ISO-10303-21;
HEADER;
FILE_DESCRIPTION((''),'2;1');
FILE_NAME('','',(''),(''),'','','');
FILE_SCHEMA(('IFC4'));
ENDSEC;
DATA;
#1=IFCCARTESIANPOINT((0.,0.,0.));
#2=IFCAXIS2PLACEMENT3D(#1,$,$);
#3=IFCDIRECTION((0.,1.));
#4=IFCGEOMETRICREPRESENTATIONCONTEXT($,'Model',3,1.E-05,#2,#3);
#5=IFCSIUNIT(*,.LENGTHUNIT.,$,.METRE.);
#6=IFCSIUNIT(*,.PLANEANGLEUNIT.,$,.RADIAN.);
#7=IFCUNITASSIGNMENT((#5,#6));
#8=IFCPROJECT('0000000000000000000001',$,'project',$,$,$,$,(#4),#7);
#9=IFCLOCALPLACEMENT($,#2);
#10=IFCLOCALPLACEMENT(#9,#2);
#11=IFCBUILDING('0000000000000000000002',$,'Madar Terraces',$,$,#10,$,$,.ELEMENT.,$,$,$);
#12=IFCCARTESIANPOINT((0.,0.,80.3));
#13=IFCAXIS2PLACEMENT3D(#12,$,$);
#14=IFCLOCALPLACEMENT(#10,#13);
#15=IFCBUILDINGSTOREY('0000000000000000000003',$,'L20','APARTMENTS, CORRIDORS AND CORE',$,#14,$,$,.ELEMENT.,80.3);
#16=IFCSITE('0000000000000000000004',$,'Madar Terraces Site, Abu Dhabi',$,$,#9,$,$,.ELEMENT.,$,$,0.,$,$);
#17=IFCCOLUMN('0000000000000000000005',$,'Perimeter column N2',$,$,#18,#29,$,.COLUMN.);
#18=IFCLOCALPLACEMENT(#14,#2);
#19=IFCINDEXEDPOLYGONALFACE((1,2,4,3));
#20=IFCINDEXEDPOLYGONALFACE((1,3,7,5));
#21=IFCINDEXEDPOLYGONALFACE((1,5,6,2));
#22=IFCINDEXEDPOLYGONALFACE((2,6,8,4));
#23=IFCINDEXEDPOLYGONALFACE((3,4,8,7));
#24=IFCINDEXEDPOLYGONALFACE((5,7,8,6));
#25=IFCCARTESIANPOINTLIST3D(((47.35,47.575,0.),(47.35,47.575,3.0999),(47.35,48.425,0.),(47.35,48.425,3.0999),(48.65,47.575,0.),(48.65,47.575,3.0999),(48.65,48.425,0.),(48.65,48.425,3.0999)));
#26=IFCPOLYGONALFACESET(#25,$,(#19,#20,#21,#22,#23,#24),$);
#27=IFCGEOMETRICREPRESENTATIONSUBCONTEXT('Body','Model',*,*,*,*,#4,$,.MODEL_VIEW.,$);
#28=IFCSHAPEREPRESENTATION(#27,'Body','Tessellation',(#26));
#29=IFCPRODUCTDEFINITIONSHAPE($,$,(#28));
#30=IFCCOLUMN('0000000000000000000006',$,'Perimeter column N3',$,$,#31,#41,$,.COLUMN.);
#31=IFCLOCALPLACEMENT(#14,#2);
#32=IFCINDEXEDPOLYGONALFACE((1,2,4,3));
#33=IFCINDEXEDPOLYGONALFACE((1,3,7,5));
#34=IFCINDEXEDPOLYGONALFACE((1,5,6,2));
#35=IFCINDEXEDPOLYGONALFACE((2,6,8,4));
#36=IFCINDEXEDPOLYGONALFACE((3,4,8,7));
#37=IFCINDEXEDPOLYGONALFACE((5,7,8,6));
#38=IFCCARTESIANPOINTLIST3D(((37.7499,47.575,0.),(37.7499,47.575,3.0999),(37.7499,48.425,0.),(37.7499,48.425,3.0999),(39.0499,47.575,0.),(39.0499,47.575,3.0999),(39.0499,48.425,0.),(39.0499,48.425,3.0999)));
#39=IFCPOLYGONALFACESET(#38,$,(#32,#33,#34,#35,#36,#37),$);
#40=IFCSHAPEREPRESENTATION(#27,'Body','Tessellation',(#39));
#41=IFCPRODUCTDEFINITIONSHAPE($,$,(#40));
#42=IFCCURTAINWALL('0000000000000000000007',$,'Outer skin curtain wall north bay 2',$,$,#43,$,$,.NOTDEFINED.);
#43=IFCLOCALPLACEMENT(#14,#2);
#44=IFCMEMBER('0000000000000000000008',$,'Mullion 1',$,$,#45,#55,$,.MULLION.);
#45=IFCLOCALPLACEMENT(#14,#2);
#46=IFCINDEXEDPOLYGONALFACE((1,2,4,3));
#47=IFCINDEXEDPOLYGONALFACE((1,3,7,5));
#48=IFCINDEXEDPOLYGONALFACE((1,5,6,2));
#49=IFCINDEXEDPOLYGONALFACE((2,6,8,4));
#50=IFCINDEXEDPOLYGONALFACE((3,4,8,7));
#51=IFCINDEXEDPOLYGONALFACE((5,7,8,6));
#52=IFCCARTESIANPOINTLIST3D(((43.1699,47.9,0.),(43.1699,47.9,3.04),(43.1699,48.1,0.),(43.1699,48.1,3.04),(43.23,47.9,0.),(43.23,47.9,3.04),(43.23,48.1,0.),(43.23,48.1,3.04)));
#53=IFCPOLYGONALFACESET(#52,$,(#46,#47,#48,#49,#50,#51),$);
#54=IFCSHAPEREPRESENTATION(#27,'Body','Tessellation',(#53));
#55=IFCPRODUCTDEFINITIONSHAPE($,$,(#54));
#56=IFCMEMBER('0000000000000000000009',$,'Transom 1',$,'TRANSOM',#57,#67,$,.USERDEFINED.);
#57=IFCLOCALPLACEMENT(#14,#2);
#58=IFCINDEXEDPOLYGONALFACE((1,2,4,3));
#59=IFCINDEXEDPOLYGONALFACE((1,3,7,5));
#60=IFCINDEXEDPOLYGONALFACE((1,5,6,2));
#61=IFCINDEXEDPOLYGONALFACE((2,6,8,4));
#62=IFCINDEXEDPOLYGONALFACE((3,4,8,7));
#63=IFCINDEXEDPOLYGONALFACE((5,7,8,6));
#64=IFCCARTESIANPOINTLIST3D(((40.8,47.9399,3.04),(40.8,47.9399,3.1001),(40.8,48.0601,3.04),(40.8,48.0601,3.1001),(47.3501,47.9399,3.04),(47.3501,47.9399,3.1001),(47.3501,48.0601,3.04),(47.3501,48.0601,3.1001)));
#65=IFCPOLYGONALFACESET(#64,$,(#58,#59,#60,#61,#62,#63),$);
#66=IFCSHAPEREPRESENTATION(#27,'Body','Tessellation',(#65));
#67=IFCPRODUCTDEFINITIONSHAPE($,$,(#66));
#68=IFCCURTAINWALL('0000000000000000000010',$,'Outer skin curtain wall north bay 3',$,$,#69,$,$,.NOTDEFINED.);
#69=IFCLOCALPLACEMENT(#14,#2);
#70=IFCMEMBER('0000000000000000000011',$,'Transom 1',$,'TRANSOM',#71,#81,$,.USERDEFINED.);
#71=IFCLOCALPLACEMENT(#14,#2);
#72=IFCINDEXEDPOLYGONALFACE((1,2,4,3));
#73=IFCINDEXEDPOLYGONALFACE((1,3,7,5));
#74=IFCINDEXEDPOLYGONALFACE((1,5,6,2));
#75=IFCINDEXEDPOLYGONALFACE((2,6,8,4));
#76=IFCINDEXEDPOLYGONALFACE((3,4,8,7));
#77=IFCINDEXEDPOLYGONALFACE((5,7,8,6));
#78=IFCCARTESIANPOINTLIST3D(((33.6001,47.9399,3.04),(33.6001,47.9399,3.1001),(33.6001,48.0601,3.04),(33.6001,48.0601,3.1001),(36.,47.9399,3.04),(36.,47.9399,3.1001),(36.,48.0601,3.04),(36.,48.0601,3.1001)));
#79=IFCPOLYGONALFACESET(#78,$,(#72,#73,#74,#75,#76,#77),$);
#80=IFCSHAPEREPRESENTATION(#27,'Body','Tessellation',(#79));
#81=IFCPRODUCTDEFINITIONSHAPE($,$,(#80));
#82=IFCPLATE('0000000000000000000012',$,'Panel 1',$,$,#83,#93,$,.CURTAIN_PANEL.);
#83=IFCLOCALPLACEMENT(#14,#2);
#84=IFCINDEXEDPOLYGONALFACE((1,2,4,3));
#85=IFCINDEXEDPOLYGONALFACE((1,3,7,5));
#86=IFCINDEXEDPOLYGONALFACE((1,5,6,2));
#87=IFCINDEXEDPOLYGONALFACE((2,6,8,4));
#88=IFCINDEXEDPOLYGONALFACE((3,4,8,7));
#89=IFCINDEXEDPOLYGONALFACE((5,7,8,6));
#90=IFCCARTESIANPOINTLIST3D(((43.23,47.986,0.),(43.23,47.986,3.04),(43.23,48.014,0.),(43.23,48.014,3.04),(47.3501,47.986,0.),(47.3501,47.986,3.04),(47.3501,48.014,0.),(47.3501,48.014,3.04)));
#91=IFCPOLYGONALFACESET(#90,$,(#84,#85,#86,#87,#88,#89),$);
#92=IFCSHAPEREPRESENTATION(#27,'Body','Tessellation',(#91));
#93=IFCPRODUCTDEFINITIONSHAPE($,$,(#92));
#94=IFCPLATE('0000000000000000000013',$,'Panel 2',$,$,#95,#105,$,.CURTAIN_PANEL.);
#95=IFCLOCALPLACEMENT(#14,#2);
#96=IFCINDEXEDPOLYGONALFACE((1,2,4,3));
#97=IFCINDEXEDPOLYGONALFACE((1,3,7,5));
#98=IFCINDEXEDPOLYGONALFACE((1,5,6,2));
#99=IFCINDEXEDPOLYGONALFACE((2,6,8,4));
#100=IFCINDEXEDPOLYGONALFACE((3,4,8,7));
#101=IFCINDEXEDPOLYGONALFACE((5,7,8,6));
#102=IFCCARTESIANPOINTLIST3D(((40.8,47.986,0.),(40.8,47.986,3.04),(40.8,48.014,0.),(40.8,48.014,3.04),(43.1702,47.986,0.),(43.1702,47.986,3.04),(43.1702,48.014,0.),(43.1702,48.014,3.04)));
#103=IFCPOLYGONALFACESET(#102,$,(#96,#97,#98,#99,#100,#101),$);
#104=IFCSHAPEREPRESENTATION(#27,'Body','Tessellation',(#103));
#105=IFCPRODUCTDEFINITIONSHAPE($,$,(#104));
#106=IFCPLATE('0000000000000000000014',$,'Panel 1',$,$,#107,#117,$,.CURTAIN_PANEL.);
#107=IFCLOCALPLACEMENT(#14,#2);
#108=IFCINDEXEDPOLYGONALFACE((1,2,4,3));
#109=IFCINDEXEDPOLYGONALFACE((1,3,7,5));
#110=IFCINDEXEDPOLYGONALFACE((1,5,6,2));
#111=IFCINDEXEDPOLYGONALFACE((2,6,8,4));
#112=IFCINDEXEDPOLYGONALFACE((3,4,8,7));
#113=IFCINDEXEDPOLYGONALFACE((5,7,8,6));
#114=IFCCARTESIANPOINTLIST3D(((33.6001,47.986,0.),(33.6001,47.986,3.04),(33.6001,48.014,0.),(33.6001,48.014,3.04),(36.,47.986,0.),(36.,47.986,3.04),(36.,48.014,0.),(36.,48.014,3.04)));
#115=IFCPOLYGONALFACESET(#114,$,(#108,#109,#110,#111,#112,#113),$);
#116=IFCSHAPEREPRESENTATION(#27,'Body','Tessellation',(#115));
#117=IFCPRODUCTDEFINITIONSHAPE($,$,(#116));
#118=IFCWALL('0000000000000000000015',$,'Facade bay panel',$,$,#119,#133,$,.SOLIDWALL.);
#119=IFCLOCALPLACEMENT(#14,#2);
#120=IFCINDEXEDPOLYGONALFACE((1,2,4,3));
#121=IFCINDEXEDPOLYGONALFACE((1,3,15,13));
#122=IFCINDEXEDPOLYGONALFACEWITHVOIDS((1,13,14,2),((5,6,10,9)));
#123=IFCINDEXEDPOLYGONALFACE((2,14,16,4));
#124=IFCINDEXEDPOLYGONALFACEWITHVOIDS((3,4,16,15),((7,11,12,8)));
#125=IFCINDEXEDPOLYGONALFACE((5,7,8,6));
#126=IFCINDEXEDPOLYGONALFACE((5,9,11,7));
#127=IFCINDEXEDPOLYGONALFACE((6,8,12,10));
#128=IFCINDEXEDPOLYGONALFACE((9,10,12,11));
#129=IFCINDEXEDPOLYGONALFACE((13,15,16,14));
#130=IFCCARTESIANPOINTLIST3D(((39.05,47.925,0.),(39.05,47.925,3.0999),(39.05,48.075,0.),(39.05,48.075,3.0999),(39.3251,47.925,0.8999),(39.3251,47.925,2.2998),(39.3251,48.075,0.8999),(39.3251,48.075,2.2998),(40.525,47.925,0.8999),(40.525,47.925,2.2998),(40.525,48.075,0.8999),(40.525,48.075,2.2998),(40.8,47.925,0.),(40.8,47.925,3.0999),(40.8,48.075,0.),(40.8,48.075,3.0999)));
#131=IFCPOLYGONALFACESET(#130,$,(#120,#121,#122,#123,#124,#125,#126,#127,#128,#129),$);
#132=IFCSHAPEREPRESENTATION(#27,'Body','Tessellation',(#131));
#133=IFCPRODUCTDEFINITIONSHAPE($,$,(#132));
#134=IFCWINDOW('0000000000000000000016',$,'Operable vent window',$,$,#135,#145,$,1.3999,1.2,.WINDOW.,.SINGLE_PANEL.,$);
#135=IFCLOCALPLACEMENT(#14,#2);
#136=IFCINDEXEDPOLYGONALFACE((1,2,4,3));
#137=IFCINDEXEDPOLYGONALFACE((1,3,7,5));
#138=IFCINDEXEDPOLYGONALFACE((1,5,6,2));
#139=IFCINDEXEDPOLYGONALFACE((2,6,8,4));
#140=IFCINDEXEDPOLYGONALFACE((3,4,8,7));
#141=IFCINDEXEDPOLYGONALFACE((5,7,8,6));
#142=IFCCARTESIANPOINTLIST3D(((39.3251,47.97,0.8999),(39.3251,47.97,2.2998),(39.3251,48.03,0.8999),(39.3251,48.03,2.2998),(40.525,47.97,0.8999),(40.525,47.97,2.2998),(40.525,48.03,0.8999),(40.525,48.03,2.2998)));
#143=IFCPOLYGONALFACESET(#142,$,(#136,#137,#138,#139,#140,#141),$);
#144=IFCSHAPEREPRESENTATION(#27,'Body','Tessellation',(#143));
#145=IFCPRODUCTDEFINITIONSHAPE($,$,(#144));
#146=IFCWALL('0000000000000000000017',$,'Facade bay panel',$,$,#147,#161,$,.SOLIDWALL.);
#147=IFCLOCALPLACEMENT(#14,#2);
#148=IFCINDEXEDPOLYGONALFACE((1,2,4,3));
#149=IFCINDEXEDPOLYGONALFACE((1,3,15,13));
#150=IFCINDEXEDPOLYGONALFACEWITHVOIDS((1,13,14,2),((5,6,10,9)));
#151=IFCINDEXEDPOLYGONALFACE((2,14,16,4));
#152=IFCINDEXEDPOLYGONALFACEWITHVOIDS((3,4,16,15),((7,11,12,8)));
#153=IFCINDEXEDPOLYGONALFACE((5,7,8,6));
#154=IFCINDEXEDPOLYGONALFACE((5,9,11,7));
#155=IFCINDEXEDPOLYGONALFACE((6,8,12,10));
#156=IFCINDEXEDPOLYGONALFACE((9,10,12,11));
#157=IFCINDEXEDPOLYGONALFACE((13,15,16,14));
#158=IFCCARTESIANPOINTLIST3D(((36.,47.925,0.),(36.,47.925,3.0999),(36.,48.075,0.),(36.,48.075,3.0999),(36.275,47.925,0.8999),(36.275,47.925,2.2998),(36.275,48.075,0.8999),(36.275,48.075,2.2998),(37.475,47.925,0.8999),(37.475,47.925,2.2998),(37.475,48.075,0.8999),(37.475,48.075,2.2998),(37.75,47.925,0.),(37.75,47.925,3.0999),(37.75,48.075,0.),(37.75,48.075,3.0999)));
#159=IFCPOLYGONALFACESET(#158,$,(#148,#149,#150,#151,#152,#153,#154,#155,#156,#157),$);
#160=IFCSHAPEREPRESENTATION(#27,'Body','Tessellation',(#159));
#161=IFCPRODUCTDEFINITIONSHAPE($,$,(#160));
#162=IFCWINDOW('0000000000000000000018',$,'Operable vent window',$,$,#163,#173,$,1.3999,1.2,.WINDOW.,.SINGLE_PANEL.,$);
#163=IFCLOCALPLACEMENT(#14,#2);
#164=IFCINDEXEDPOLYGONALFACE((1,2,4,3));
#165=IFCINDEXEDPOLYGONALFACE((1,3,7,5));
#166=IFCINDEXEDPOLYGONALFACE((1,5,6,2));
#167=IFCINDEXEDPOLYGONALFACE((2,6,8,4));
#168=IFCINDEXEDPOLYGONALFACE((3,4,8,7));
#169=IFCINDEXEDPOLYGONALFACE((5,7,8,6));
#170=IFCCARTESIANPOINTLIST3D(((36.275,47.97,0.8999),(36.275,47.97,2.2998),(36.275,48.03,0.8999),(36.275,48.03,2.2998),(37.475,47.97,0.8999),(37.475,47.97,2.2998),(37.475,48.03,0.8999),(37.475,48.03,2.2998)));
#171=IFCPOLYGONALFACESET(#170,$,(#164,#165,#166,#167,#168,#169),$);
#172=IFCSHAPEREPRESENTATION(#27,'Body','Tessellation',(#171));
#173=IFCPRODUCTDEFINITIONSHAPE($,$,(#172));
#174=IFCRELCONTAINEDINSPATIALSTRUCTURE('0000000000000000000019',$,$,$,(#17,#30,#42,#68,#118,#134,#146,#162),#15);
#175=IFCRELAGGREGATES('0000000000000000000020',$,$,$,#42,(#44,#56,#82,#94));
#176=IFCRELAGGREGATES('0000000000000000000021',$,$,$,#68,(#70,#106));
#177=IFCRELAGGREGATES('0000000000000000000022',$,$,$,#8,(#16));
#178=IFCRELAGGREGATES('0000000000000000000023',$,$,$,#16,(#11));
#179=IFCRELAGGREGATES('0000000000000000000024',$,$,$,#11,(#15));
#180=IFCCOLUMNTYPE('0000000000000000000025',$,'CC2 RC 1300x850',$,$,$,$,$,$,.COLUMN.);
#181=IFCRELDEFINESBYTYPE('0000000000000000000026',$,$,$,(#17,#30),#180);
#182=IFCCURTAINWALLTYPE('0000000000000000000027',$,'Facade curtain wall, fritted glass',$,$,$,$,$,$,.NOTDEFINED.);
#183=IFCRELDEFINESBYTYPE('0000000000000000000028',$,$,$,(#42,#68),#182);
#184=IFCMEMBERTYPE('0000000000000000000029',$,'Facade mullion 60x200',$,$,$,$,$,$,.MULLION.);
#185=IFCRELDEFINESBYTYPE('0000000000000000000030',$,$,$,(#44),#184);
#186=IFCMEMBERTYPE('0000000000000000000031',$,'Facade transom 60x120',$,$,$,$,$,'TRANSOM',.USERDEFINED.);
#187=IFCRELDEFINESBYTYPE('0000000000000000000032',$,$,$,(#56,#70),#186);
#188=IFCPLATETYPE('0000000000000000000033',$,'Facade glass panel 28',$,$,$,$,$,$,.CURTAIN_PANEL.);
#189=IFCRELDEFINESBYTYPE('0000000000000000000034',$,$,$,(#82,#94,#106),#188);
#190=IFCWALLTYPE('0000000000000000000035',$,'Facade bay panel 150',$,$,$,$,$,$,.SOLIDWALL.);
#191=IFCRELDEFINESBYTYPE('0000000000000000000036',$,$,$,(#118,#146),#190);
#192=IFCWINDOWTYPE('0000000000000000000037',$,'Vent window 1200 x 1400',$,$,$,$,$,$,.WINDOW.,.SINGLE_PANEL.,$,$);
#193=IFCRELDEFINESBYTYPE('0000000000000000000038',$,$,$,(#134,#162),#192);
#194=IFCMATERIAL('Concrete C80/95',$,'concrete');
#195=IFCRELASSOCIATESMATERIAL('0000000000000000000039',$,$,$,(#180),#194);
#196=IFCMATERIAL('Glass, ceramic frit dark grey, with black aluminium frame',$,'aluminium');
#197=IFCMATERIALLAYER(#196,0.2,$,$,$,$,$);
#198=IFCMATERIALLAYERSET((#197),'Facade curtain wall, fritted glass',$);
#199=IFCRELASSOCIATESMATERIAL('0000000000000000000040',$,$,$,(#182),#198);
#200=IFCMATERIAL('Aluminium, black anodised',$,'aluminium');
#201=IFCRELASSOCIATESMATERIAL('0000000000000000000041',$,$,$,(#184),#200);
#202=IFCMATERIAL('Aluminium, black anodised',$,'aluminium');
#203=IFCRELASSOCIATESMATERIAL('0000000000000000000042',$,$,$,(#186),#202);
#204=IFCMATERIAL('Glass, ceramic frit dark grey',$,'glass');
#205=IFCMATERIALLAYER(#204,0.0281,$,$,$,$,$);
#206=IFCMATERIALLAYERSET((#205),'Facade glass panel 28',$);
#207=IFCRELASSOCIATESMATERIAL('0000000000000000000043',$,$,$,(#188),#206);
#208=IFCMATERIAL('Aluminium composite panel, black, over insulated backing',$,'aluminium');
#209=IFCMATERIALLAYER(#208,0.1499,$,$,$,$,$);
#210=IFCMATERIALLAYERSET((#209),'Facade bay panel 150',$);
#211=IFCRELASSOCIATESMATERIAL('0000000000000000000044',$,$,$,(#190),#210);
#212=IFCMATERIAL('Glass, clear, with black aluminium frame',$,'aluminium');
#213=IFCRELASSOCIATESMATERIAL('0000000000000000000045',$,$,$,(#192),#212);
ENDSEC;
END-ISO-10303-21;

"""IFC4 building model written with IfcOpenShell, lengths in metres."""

from ifc_helpers import new_model, si_unit, direction, frame, frame_2d, origin, origin_2d, place, context, subcontext, project, spatial, rectangle, extrude, material, layer, layer_set, material_profile, profile_set, type_object, element, fill, aggregate, save


model = new_model("IFC4")

# Units and contexts
model_context = context("Model", 3, precision=1e-05, world=origin(), true_north=direction((0.0, 1.0)))
body_context = subcontext(model_context, "Body", "Model", "MODEL_VIEW")
ifc_project = project(units=[si_unit("LENGTHUNIT", "METRE"), si_unit("PLANEANGLEUNIT", "RADIAN")], contexts=[model_context])

# Site, building, storey
site_placement = place(None, origin())
site = spatial("IfcSite", under=ifc_project, at=site_placement, Name="Madar Terraces Site, Abu Dhabi", CompositionType="ELEMENT", RefElevation=0.0)
building_placement = place(site_placement, origin())
building = spatial("IfcBuilding", under=site, at=building_placement, Name="Madar Terraces", CompositionType="ELEMENT")
storey_placement = place(building_placement, frame((0.0, 0.0, 80.3)))
storey = spatial("IfcBuildingStorey", under=building, at=storey_placement, Name="L20", Description="APARTMENTS, CORRIDORS AND CORE", CompositionType="ELEMENT", Elevation=80.3)

# Columns
ifc_material_1 = material(Name="Concrete C80/95", Category="concrete")
ifc_material_profile_1 = material_profile(ifc_material_1, rectangle(XDim=1.3, YDim=0.8501, at=origin_2d()), Name="CC2 RC 1300x850")
ifc_profile_set_1 = profile_set([ifc_material_profile_1], Name="Concrete C80/95")
column_type = type_object("IfcColumnType", Name="CC2 RC 1300x850", PredefinedType="COLUMN", material=ifc_profile_set_1)
for number, where, z_axis, x_axis, name in (
    (1, (48.0, 48.0, 0.0), (0.0, 0.0, 1.0), (1.0, 0.0, 0.0), "Perimeter column N2"),
    (2, (38.3999, 48.0, 0.0), (0.0, 0.0, 1.0), (1.0, 0.0, 0.0), "Perimeter column N3"),
):
    element("IfcColumn", number, at=place(storey_placement, frame(where, z_axis=z_axis, x_axis=x_axis)), inside=storey, type_object=column_type, Name=name, PredefinedType="COLUMN", context=body_context, shape_type="SweptSolid", body=[
        extrude(rectangle(XDim=1.3, YDim=0.8501, at=origin_2d()), origin(), (0.0, 0.0, 1.0), 3.0999),
    ])

# Curtain wall, members
ifc_material_2 = material(Name="Glass, ceramic frit dark grey, with black aluminium frame", Category="aluminium")
ifc_layer_1 = layer(ifc_material_2, 0.2)
ifc_layer_set_1 = layer_set([ifc_layer_1], Name="Facade curtain wall, fritted glass")
curtain_wall_type = type_object("IfcCurtainWallType", Name="Facade curtain wall, fritted glass", PredefinedType="NOTDEFINED", material=ifc_layer_set_1)
curtain_wall_1_placement = place(storey_placement, origin())
curtain_wall_1 = element("IfcCurtainWall", 3, at=curtain_wall_1_placement, inside=storey, type_object=curtain_wall_type, Name="Outer skin curtain wall north bay 2", PredefinedType="NOTDEFINED")
ifc_material_3 = material(Name="Aluminium, black anodised", Category="aluminium")
ifc_material_profile_2 = material_profile(ifc_material_3, rectangle(XDim=0.2, YDim=0.0601, at=origin_2d()), Name="Facade mullion 60x200")
ifc_profile_set_2 = profile_set([ifc_material_profile_2], Name="Aluminium, black anodised")
member_type_1 = type_object("IfcMemberType", Name="Facade mullion 60x200", PredefinedType="MULLION", material=ifc_profile_set_2)
member_1_placement = place(storey_placement, frame((43.2, 48.0, 0.0), z_axis=(0.0, 0.0, 1.0), x_axis=(0.0, -1.0, 0.0)))
member_1 = element("IfcMember", 4, at=member_1_placement, type_object=member_type_1, Name="Mullion 1", PredefinedType="MULLION", context=body_context, shape_type="SweptSolid", body=[
    extrude(rectangle(XDim=0.2, YDim=0.0601, at=origin_2d()), origin(), (0.0, 0.0, 1.0), 3.04),
])
ifc_material_4 = material(Name="Aluminium, black anodised", Category="aluminium")
ifc_material_profile_3 = material_profile(ifc_material_4, rectangle(XDim=0.1201, YDim=0.0601, at=origin_2d()), Name="Facade transom 60x120")
ifc_profile_set_3 = profile_set([ifc_material_profile_3], Name="Aluminium, black anodised")
member_type_2 = type_object("IfcMemberType", Name="Facade transom 60x120", ElementType="TRANSOM", PredefinedType="USERDEFINED", material=ifc_profile_set_3)
member_2_placement = place(storey_placement, frame((47.3501, 48.0, 3.0701), z_axis=(-1.0, 0.0, 0.0), x_axis=(0.0, -1.0, 0.0)))
member_2 = element("IfcMember", 5, at=member_2_placement, type_object=member_type_2, Name="Transom 1", ObjectType="TRANSOM", PredefinedType="USERDEFINED", context=body_context, shape_type="SweptSolid", body=[
    extrude(rectangle(XDim=0.1201, YDim=0.0601, at=origin_2d()), origin(), (0.0, 0.0, 1.0), 6.55),
])

# Curtain wall, member
curtain_wall_2_placement = place(storey_placement, origin())
curtain_wall_2 = element("IfcCurtainWall", 6, at=curtain_wall_2_placement, inside=storey, type_object=curtain_wall_type, Name="Outer skin curtain wall north bay 3", PredefinedType="NOTDEFINED")
member_3_placement = place(storey_placement, frame((36.0, 48.0, 3.0701), z_axis=(-1.0, 0.0, 0.0), x_axis=(0.0, -1.0, 0.0)))
member_3 = element("IfcMember", 7, at=member_3_placement, type_object=member_type_2, Name="Transom 1", ObjectType="TRANSOM", PredefinedType="USERDEFINED", context=body_context, shape_type="SweptSolid", body=[
    extrude(rectangle(XDim=0.1201, YDim=0.0601, at=origin_2d()), origin(), (0.0, 0.0, 1.0), 2.3999),
])

# Plates
ifc_material_5 = material(Name="Glass, ceramic frit dark grey", Category="glass")
ifc_layer_2 = layer(ifc_material_5, 0.0281)
ifc_layer_set_2 = layer_set([ifc_layer_2], Name="Facade glass panel 28")
plate_type = type_object("IfcPlateType", Name="Facade glass panel 28", PredefinedType="CURTAIN_PANEL", material=ifc_layer_set_2)
plate_1_placement = place(storey_placement, frame((45.29, 48.0, 0.0), z_axis=(0.0, 0.0, 1.0), x_axis=(-1.0, 0.0, 0.0)))
plate_1 = element("IfcPlate", 8, at=plate_1_placement, type_object=plate_type, Name="Panel 1", PredefinedType="CURTAIN_PANEL", context=body_context, shape_type="SweptSolid", body=[
    extrude(rectangle(XDim=4.1201, YDim=0.0281, at=origin_2d()), origin(), (0.0, 0.0, 1.0), 3.04),
])
plate_2_placement = place(storey_placement, frame((41.9851, 48.0, 0.0), z_axis=(0.0, 0.0, 1.0), x_axis=(-1.0, 0.0, 0.0)))
plate_2 = element("IfcPlate", 9, at=plate_2_placement, type_object=plate_type, Name="Panel 2", PredefinedType="CURTAIN_PANEL", context=body_context, shape_type="SweptSolid", body=[
    extrude(rectangle(XDim=2.3701, YDim=0.0281, at=origin_2d()), origin(), (0.0, 0.0, 1.0), 3.04),
])
aggregate(curtain_wall_1, [member_1, member_2, plate_1, plate_2])
plate_3_placement = place(storey_placement, frame((34.8, 48.0, 0.0), z_axis=(0.0, 0.0, 1.0), x_axis=(-1.0, 0.0, 0.0)))
plate_3 = element("IfcPlate", 10, at=plate_3_placement, type_object=plate_type, Name="Panel 1", PredefinedType="CURTAIN_PANEL", context=body_context, shape_type="SweptSolid", body=[
    extrude(rectangle(XDim=2.3999, YDim=0.0281, at=origin_2d()), origin(), (0.0, 0.0, 1.0), 3.04),
])
aggregate(curtain_wall_2, [member_3, plate_3])

# Walls, openings, windows
ifc_material_6 = material(Name="Aluminium composite panel, black, over insulated backing", Category="aluminium")
ifc_layer_3 = layer(ifc_material_6, 0.1499)
ifc_layer_set_3 = layer_set([ifc_layer_3], Name="Facade bay panel 150")
wall_type_1 = type_object("IfcWallType", Name="Facade bay panel 150", PredefinedType="SOLIDWALL", material=ifc_layer_set_3)
wall_1_placement = place(storey_placement, frame((40.8, 48.0, 0.0), z_axis=(0.0, 0.0, 1.0), x_axis=(-1.0, 0.0, 0.0)))
wall_1 = element("IfcWall", 11, at=wall_1_placement, inside=storey, type_object=wall_type_1, Name="Facade bay panel", PredefinedType="SOLIDWALL", context=body_context, shape_type="SweptSolid", body=[
    extrude(rectangle(XDim=1.75, YDim=0.1499, at=frame_2d((0.875, 0.0))), origin(), (0.0, 0.0, 1.0), 3.0999),
])
opening_1_placement = place(wall_1_placement, frame((0.2749, 0.0, 0.8999)))
opening_1 = element("IfcOpeningElement", 12, at=opening_1_placement, cuts=wall_1, PredefinedType="OPENING", context=body_context, shape_type="SweptSolid", body=[
    extrude(rectangle(XDim=1.2, YDim=1.3999, at=frame_2d((0.6001, 0.7))), frame((0.0, 0.085, 0.0), z_axis=(0.0, -1.0, 0.0), x_axis=(1.0, 0.0, 0.0)), (0.0, 0.0, 1.0), 0.1699),
])
ifc_material_7 = material(Name="Glass, clear, with black aluminium frame", Category="aluminium")
window_type = type_object("IfcWindowType", Name="Vent window 1200 x 1400", PartitioningType="SINGLE_PANEL", PredefinedType="WINDOW", material=ifc_material_7)
window_1_placement = place(opening_1_placement, origin())
window_1 = element("IfcWindow", 13, at=window_1_placement, inside=storey, type_object=window_type, Name="Operable vent window", OverallHeight=1.3999, OverallWidth=1.2, PartitioningType="SINGLE_PANEL", PredefinedType="WINDOW", context=body_context, shape_type="SweptSolid", body=[
    extrude(rectangle(XDim=1.2, YDim=1.3999, at=frame_2d((0.6001, 0.7))), frame((0.0, 0.03, 0.0), z_axis=(0.0, -1.0, 0.0), x_axis=(1.0, 0.0, 0.0)), (0.0, 0.0, 1.0), 0.0601),
])
fill(opening_1, window_1)
wall_2_placement = place(storey_placement, frame((37.75, 48.0, 0.0), z_axis=(0.0, 0.0, 1.0), x_axis=(-1.0, 0.0, 0.0)))
wall_2 = element("IfcWall", 14, at=wall_2_placement, inside=storey, type_object=wall_type_1, Name="Facade bay panel", PredefinedType="SOLIDWALL", context=body_context, shape_type="SweptSolid", body=[
    extrude(rectangle(XDim=1.75, YDim=0.1499, at=frame_2d((0.875, 0.0))), origin(), (0.0, 0.0, 1.0), 3.0999),
])
opening_2_placement = place(wall_2_placement, frame((0.2749, 0.0, 0.8999)))
opening_2 = element("IfcOpeningElement", 15, at=opening_2_placement, cuts=wall_2, PredefinedType="OPENING", context=body_context, shape_type="SweptSolid", body=[
    extrude(rectangle(XDim=1.2, YDim=1.3999, at=frame_2d((0.6001, 0.7))), frame((0.0, 0.085, 0.0), z_axis=(0.0, -1.0, 0.0), x_axis=(1.0, 0.0, 0.0)), (0.0, 0.0, 1.0), 0.1699),
])
window_2_placement = place(opening_2_placement, origin())
window_2 = element("IfcWindow", 16, at=window_2_placement, inside=storey, type_object=window_type, Name="Operable vent window", OverallHeight=1.3999, OverallWidth=1.2, PartitioningType="SINGLE_PANEL", PredefinedType="WINDOW", context=body_context, shape_type="SweptSolid", body=[
    extrude(rectangle(XDim=1.2, YDim=1.3999, at=frame_2d((0.6001, 0.7))), frame((0.0, 0.03, 0.0), z_axis=(0.0, -1.0, 0.0), x_axis=(1.0, 0.0, 0.0)), (0.0, 0.0, 1.0), 0.0601),
])
fill(opening_2, window_2)

save(model, "model.ifc")
